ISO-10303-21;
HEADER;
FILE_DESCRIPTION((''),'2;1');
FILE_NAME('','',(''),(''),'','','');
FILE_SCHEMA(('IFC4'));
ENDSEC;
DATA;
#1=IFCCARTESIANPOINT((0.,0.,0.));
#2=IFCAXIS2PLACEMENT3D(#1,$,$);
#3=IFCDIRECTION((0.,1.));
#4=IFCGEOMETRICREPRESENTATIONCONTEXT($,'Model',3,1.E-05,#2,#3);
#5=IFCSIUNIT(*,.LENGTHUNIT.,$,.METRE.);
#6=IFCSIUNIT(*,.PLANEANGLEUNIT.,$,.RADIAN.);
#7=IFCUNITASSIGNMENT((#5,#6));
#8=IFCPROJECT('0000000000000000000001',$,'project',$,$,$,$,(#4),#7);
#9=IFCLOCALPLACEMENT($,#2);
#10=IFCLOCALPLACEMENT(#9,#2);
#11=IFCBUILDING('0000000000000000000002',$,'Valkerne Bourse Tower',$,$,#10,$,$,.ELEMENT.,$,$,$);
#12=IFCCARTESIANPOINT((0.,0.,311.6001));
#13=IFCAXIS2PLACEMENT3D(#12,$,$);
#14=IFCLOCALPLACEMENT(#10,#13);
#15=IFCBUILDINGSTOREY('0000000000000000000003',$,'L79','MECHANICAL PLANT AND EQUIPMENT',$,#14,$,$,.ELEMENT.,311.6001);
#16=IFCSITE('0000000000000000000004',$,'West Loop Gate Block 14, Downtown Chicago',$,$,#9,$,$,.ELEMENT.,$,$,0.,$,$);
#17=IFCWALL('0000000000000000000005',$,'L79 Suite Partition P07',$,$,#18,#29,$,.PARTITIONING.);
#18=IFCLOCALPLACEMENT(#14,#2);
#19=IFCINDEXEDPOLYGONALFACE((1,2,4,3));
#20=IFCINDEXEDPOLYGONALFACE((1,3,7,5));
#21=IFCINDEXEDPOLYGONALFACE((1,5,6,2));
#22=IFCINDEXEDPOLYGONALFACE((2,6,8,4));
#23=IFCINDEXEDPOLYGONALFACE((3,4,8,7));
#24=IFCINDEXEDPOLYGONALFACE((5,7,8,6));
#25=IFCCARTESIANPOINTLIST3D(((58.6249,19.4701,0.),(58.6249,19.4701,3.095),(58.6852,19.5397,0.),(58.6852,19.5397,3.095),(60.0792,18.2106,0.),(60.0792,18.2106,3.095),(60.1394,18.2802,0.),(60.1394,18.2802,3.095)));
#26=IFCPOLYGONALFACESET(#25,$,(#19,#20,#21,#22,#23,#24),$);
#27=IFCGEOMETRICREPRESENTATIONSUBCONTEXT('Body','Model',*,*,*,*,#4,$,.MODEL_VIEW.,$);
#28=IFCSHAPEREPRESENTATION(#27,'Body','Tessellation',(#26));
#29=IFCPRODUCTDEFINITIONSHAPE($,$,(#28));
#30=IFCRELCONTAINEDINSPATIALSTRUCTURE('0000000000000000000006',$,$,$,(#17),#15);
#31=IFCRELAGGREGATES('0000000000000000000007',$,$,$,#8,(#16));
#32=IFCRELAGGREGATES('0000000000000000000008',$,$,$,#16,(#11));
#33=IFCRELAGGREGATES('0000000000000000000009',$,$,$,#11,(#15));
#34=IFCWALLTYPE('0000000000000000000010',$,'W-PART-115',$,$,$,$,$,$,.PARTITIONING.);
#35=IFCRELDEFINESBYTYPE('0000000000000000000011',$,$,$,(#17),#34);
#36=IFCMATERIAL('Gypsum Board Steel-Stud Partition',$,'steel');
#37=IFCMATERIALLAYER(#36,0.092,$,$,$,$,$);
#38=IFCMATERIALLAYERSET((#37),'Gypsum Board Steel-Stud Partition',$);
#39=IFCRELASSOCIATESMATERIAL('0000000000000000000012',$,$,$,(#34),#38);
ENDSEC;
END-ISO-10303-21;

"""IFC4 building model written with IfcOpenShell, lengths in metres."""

from ifc_helpers import new_model, si_unit, direction, frame, frame_2d, origin, place, context, subcontext, project, spatial, rectangle, extrude, material, layer, layer_set, type_object, element, save


model = new_model("IFC4")

# Units and contexts
model_context = context("Model", 3, precision=1e-05, world=origin(), true_north=direction((0.0, 1.0)))
body_context = subcontext(model_context, "Body", "Model", "MODEL_VIEW")
ifc_project = project(units=[si_unit("LENGTHUNIT", "METRE"), si_unit("PLANEANGLEUNIT", "RADIAN")], contexts=[model_context])

# Site, building, storey
site_placement = place(None, origin())
site = spatial("IfcSite", under=ifc_project, at=site_placement, Name="West Loop Gate Block 14, Downtown Chicago", CompositionType="ELEMENT", RefElevation=0.0)
building_placement = place(site_placement, origin())
building = spatial("IfcBuilding", under=site, at=building_placement, Name="Valkerne Bourse Tower", CompositionType="ELEMENT")
storey_placement = place(building_placement, frame((0.0, 0.0, 311.6001)))
storey = spatial("IfcBuildingStorey", under=building, at=storey_placement, Name="L79", Description="MECHANICAL PLANT AND EQUIPMENT", CompositionType="ELEMENT", Elevation=311.6001)

# Wall
ifc_material_1 = material(Name="Gypsum Board Steel-Stud Partition", Category="steel")
ifc_layer_1 = layer(ifc_material_1, 0.092)
ifc_layer_set_1 = layer_set([ifc_layer_1], Name="Gypsum Board Steel-Stud Partition")
wall_type = type_object("IfcWallType", Name="W-PART-115", PredefinedType="PARTITIONING", material=ifc_layer_set_1)
wall_1_placement = place(storey_placement, frame((58.655, 19.5049, 0.0), z_axis=(0.0, 0.0, 1.0), x_axis=(0.755924, -0.65466, 0.0)))
element("IfcWall", 1, at=wall_1_placement, inside=storey, type_object=wall_type, Name="L79 Suite Partition P07", PredefinedType="PARTITIONING", context=body_context, shape_type="SweptSolid", body=[
    extrude(rectangle(XDim=1.9238, YDim=0.092, at=frame_2d((0.9619, 0.0))), origin(), (0.0, 0.0, 1.0), 3.095),
])

save(model, "model.ifc")
